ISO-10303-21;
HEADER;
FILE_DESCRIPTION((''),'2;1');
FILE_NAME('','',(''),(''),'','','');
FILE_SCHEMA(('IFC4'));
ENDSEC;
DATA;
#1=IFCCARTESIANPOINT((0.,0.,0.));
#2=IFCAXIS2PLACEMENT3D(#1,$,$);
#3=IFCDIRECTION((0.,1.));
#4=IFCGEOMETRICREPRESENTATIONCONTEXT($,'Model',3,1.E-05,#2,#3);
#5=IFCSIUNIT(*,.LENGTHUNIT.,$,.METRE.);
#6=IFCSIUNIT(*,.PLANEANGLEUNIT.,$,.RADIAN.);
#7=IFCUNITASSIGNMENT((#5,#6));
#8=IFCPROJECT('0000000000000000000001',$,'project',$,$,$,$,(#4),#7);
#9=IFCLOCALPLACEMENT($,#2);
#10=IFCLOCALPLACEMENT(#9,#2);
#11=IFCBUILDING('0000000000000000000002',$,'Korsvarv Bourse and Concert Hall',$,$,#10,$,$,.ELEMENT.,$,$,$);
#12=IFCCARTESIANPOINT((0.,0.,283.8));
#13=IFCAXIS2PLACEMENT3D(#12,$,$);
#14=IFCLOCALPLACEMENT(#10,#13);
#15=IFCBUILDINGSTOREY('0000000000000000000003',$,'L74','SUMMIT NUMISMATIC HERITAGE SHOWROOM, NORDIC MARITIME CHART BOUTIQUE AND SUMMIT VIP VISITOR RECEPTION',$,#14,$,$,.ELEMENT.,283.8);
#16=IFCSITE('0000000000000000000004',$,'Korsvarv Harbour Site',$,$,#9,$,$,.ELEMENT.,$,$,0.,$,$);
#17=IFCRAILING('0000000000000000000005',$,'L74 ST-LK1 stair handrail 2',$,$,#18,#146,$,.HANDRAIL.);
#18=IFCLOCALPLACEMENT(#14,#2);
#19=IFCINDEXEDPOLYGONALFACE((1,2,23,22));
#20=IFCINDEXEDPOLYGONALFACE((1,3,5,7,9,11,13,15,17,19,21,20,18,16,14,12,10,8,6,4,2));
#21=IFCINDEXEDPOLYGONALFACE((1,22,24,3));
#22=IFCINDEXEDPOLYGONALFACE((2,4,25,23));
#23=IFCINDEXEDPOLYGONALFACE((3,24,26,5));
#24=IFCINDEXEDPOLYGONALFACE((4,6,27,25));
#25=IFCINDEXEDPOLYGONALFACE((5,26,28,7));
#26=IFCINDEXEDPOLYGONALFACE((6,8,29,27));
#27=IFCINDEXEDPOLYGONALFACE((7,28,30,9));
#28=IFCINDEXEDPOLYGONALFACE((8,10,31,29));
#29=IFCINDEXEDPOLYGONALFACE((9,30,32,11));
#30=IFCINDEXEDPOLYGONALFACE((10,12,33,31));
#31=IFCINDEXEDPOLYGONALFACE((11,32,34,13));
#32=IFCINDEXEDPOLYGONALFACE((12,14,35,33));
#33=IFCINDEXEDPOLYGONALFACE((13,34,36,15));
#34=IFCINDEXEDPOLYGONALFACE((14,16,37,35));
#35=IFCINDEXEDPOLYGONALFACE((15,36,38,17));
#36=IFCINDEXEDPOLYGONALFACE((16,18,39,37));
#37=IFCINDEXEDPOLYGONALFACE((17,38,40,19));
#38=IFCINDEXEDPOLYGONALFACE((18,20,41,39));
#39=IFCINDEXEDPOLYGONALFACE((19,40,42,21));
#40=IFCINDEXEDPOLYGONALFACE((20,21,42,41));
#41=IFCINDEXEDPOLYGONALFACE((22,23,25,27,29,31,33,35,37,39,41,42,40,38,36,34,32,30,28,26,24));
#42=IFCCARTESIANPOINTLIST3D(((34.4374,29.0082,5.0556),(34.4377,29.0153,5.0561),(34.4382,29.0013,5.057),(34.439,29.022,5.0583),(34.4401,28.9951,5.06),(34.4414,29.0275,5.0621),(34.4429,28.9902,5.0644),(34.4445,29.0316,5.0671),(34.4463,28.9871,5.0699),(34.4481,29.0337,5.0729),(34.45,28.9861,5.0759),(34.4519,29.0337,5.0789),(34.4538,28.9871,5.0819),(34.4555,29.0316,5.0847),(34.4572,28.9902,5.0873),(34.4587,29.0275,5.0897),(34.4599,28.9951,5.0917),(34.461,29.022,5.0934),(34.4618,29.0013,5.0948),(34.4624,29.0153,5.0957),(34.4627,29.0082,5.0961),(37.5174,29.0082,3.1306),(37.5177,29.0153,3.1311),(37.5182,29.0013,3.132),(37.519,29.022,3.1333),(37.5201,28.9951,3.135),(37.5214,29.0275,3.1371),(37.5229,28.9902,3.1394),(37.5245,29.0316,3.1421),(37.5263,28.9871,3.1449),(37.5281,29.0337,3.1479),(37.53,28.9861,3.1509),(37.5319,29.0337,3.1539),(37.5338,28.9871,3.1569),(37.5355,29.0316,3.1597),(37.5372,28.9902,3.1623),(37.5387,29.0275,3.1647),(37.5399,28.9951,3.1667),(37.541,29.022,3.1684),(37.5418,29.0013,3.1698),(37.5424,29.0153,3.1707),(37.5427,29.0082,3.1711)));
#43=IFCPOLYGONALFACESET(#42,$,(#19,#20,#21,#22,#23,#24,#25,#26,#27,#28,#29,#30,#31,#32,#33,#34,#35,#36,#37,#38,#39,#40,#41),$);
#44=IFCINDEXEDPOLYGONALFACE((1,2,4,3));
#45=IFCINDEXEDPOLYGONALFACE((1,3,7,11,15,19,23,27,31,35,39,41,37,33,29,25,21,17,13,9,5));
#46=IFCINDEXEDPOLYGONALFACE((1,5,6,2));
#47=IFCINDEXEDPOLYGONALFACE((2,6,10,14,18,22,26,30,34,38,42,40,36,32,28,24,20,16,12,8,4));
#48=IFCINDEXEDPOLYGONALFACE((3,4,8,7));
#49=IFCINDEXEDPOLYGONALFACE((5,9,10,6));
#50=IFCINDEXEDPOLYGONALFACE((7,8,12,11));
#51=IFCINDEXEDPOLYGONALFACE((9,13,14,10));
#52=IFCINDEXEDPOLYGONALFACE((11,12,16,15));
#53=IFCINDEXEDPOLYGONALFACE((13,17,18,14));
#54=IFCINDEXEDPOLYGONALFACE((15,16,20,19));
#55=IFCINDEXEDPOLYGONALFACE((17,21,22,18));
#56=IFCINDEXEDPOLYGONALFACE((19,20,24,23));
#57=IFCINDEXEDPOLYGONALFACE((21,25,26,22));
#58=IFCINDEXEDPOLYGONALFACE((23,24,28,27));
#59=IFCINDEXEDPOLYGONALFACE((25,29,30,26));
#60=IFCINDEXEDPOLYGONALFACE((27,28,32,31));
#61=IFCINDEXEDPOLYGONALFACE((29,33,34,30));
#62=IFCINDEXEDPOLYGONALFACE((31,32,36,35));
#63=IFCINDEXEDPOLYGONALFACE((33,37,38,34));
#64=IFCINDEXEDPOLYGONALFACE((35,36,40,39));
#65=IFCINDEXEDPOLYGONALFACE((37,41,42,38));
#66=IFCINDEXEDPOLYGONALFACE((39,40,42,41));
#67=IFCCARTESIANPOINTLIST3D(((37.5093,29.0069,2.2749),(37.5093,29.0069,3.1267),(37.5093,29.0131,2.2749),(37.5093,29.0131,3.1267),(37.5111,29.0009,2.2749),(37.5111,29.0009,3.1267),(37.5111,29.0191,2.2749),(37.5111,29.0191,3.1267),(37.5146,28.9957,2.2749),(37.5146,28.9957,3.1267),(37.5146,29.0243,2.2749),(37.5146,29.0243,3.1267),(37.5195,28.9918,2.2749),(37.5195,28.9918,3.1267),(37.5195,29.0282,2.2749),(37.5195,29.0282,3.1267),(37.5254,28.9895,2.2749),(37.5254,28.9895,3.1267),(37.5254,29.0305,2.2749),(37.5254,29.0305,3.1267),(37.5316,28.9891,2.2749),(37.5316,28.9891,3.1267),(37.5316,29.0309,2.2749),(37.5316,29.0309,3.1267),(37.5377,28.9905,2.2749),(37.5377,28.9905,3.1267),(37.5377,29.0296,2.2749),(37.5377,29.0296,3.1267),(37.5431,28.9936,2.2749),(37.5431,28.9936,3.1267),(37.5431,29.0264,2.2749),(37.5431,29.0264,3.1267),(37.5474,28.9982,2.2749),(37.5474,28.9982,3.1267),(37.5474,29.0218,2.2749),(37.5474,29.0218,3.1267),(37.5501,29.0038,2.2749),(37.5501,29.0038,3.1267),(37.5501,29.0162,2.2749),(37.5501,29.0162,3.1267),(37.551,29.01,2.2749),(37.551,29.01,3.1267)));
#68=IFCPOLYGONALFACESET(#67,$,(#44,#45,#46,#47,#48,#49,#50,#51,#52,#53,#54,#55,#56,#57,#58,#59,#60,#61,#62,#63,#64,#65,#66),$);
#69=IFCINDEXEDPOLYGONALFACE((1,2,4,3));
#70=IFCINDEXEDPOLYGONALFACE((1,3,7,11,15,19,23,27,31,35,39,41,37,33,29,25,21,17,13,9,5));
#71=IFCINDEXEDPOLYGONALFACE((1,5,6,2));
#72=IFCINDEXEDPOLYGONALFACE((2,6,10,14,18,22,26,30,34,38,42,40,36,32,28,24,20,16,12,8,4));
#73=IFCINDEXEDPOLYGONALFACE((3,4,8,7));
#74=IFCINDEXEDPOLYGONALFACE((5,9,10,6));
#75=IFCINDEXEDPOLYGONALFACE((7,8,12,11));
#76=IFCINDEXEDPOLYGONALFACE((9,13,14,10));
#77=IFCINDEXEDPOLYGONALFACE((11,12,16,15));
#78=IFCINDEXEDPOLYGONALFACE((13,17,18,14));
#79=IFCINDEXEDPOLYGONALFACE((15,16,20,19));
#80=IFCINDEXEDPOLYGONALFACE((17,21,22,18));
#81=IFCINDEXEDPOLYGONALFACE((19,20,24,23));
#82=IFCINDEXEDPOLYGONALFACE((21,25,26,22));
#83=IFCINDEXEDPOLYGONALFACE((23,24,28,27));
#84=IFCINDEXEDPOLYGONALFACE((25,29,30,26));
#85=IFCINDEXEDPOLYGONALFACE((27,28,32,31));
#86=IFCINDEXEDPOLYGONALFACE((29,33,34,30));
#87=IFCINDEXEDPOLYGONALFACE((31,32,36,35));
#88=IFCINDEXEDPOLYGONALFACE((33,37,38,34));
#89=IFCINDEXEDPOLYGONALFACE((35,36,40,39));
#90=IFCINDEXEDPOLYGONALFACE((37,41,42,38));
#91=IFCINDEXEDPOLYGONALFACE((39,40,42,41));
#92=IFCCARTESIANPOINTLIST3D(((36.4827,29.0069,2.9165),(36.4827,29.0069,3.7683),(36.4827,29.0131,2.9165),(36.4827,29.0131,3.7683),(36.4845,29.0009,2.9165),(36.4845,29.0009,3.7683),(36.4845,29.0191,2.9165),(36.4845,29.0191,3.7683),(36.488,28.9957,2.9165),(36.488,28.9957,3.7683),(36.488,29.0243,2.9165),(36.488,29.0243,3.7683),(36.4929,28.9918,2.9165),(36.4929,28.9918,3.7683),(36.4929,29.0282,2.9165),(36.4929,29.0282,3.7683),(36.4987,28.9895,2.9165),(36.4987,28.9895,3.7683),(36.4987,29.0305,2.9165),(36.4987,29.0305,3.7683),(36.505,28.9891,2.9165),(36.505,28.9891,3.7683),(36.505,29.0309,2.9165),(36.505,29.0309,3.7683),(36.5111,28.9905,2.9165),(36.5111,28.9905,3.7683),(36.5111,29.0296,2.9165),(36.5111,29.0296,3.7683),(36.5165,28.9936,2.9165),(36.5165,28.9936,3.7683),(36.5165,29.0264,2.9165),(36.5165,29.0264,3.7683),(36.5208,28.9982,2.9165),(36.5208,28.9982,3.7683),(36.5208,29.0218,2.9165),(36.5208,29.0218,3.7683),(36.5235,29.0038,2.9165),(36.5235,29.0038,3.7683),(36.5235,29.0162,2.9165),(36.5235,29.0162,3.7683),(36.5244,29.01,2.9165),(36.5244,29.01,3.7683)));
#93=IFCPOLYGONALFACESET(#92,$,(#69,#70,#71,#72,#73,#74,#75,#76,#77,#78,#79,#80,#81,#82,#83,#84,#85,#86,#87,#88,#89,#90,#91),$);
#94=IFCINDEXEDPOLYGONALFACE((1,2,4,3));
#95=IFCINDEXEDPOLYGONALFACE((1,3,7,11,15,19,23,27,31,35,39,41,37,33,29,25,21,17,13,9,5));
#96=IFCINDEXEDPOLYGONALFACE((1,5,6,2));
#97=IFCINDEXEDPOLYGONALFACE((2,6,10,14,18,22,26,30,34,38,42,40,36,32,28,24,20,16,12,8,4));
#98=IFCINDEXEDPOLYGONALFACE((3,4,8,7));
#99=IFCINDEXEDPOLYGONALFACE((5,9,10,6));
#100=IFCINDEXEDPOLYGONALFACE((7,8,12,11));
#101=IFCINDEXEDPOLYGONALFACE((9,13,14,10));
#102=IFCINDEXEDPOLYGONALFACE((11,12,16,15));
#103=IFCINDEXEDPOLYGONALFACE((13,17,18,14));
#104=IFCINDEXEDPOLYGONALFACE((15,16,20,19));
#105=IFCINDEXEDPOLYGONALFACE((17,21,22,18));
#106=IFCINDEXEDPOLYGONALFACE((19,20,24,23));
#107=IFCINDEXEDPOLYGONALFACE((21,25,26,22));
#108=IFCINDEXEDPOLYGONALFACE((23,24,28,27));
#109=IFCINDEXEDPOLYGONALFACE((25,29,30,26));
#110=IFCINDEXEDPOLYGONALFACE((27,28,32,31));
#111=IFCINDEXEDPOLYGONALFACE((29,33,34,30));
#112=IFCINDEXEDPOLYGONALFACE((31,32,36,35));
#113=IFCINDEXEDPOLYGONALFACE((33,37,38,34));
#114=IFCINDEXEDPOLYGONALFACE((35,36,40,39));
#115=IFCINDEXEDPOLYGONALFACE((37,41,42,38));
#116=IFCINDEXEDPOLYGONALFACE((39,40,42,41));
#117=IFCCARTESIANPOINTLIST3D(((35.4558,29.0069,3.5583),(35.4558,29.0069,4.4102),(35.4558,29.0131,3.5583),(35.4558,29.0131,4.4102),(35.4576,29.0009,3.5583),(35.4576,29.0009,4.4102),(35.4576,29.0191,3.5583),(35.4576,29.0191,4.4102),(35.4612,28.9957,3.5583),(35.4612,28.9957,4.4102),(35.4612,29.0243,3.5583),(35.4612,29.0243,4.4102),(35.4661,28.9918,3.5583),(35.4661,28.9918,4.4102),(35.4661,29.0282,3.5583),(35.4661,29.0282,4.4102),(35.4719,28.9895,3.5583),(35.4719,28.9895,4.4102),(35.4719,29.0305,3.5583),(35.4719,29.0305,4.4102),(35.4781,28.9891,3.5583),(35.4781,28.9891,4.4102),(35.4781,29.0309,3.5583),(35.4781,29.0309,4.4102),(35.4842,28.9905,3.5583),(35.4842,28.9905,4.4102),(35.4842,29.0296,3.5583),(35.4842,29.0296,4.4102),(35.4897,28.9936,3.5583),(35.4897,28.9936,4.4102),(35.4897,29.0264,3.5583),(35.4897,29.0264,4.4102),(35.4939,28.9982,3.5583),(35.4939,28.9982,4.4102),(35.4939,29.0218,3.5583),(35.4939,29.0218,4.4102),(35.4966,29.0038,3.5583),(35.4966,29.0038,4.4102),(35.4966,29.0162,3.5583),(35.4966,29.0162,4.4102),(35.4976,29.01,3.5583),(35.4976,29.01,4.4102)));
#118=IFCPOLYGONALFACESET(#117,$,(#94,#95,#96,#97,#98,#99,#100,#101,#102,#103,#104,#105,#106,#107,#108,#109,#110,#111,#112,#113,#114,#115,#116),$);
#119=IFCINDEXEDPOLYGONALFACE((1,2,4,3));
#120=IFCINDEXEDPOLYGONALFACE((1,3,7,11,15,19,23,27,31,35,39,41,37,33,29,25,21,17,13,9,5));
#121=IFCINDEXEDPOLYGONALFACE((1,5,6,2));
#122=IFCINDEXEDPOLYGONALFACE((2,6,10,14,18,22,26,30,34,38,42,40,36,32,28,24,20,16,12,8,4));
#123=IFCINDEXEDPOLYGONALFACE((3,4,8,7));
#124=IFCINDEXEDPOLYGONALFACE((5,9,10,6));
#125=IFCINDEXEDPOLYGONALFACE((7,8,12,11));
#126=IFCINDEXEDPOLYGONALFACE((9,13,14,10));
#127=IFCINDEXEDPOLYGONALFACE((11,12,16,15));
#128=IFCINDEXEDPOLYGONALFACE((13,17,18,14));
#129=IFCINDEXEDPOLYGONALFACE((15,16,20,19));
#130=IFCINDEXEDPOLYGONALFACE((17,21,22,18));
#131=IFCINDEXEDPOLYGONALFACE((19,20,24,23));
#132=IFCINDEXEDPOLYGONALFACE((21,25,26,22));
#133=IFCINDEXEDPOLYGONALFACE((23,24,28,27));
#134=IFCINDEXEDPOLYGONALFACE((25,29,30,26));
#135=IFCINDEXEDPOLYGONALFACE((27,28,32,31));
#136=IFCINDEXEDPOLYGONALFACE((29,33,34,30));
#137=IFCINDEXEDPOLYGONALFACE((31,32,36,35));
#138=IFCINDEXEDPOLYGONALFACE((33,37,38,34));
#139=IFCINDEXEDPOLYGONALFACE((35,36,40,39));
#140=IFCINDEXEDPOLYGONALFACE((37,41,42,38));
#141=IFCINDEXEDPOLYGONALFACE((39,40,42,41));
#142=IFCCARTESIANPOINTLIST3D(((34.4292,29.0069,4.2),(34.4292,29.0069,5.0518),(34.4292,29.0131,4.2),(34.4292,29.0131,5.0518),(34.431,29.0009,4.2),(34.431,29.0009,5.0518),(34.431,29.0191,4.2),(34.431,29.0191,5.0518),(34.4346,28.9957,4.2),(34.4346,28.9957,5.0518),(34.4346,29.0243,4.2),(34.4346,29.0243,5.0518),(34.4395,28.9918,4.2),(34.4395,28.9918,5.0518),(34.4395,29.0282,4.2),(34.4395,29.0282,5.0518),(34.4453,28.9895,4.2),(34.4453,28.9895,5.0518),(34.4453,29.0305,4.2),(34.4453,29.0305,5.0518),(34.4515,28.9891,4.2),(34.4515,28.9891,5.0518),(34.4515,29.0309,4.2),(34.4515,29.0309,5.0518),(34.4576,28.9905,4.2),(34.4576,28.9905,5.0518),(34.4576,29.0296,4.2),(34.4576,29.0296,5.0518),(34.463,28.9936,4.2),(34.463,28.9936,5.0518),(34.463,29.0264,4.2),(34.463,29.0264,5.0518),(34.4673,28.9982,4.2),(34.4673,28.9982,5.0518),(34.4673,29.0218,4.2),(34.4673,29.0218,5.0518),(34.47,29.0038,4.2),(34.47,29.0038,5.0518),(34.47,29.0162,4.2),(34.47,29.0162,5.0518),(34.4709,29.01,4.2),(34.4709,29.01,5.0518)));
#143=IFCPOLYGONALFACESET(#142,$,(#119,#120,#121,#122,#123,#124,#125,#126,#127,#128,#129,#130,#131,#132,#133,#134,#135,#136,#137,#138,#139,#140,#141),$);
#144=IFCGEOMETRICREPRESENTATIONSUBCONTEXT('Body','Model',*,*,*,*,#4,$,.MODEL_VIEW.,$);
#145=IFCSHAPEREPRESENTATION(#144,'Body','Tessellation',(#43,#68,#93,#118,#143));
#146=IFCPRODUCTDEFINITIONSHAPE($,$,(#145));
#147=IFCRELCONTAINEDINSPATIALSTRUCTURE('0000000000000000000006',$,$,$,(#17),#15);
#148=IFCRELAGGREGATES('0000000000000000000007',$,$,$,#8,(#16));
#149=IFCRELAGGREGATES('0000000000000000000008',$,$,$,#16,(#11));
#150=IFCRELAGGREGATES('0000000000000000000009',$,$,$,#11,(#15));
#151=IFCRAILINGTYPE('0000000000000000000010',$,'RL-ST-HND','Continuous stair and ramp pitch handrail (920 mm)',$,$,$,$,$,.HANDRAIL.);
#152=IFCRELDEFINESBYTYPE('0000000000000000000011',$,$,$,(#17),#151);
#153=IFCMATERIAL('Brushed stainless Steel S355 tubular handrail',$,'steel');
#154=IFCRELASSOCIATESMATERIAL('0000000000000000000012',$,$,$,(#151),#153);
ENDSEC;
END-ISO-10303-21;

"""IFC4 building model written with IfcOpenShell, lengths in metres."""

from ifc_helpers import new_model, si_unit, direction, frame, origin, origin_2d, place, context, subcontext, project, spatial, circle, extrude, material, type_object, element, save


model = new_model("IFC4")

# Units and contexts
model_context = context("Model", 3, precision=1e-05, world=origin(), true_north=direction((0.0, 1.0)))
body_context = subcontext(model_context, "Body", "Model", "MODEL_VIEW")
ifc_project = project(units=[si_unit("LENGTHUNIT", "METRE"), si_unit("PLANEANGLEUNIT", "RADIAN")], contexts=[model_context])

# Site, building, storey
site_placement = place(None, origin())
site = spatial("IfcSite", under=ifc_project, at=site_placement, Name="Korsvarv Harbour Site", CompositionType="ELEMENT", RefElevation=0.0)
building_placement = place(site_placement, origin())
building = spatial("IfcBuilding", under=site, at=building_placement, Name="Korsvarv Bourse and Concert Hall", CompositionType="ELEMENT")
storey_placement = place(building_placement, frame((0.0, 0.0, 283.8)))
storey = spatial("IfcBuildingStorey", under=building, at=storey_placement, Name="L74", Description="SUMMIT NUMISMATIC HERITAGE SHOWROOM, NORDIC MARITIME CHART BOUTIQUE AND SUMMIT VIP VISITOR RECEPTION", CompositionType="ELEMENT", Elevation=283.8)

# Railing
ifc_material_1 = material(Name="Brushed stainless Steel S355 tubular handrail", Category="steel")
railing_type_1 = type_object("IfcRailingType", Name="RL-ST-HND", Description="Continuous stair and ramp pitch handrail (920 mm)", PredefinedType="HANDRAIL", material=ifc_material_1)
railing_1_placement = place(storey_placement, frame((37.53, 29.01, 2.2749)))
element("IfcRailing", 1, at=railing_1_placement, inside=storey, type_object=railing_type_1, Name="L74 ST-LK1 stair handrail 2", PredefinedType="HANDRAIL", context=body_context, shape_type="SweptSolid", body=[
    extrude(circle(Radius=0.0239, at=origin_2d()), frame((0.0, 0.0, 0.876), z_axis=(-0.847998, 0.0, 0.529999), x_axis=(0.0, -1.0, 0.0)), (0.0, 0.0, 1.0), 3.6321),
    extrude(circle(Radius=0.021, at=origin_2d()), origin(), (0.0, 0.0, 1.0), 0.8518),
    extrude(circle(Radius=0.021, at=origin_2d()), frame((-1.0266, 0.0, 0.6416)), (0.0, 0.0, 1.0), 0.8518),
    extrude(circle(Radius=0.021, at=origin_2d()), frame((-2.0535, 0.0, 1.2834)), (0.0, 0.0, 1.0), 0.8518),
    extrude(circle(Radius=0.021, at=origin_2d()), frame((-3.0801, 0.0, 1.925)), (0.0, 0.0, 1.0), 0.8518),
])

save(model, "model.ifc")
